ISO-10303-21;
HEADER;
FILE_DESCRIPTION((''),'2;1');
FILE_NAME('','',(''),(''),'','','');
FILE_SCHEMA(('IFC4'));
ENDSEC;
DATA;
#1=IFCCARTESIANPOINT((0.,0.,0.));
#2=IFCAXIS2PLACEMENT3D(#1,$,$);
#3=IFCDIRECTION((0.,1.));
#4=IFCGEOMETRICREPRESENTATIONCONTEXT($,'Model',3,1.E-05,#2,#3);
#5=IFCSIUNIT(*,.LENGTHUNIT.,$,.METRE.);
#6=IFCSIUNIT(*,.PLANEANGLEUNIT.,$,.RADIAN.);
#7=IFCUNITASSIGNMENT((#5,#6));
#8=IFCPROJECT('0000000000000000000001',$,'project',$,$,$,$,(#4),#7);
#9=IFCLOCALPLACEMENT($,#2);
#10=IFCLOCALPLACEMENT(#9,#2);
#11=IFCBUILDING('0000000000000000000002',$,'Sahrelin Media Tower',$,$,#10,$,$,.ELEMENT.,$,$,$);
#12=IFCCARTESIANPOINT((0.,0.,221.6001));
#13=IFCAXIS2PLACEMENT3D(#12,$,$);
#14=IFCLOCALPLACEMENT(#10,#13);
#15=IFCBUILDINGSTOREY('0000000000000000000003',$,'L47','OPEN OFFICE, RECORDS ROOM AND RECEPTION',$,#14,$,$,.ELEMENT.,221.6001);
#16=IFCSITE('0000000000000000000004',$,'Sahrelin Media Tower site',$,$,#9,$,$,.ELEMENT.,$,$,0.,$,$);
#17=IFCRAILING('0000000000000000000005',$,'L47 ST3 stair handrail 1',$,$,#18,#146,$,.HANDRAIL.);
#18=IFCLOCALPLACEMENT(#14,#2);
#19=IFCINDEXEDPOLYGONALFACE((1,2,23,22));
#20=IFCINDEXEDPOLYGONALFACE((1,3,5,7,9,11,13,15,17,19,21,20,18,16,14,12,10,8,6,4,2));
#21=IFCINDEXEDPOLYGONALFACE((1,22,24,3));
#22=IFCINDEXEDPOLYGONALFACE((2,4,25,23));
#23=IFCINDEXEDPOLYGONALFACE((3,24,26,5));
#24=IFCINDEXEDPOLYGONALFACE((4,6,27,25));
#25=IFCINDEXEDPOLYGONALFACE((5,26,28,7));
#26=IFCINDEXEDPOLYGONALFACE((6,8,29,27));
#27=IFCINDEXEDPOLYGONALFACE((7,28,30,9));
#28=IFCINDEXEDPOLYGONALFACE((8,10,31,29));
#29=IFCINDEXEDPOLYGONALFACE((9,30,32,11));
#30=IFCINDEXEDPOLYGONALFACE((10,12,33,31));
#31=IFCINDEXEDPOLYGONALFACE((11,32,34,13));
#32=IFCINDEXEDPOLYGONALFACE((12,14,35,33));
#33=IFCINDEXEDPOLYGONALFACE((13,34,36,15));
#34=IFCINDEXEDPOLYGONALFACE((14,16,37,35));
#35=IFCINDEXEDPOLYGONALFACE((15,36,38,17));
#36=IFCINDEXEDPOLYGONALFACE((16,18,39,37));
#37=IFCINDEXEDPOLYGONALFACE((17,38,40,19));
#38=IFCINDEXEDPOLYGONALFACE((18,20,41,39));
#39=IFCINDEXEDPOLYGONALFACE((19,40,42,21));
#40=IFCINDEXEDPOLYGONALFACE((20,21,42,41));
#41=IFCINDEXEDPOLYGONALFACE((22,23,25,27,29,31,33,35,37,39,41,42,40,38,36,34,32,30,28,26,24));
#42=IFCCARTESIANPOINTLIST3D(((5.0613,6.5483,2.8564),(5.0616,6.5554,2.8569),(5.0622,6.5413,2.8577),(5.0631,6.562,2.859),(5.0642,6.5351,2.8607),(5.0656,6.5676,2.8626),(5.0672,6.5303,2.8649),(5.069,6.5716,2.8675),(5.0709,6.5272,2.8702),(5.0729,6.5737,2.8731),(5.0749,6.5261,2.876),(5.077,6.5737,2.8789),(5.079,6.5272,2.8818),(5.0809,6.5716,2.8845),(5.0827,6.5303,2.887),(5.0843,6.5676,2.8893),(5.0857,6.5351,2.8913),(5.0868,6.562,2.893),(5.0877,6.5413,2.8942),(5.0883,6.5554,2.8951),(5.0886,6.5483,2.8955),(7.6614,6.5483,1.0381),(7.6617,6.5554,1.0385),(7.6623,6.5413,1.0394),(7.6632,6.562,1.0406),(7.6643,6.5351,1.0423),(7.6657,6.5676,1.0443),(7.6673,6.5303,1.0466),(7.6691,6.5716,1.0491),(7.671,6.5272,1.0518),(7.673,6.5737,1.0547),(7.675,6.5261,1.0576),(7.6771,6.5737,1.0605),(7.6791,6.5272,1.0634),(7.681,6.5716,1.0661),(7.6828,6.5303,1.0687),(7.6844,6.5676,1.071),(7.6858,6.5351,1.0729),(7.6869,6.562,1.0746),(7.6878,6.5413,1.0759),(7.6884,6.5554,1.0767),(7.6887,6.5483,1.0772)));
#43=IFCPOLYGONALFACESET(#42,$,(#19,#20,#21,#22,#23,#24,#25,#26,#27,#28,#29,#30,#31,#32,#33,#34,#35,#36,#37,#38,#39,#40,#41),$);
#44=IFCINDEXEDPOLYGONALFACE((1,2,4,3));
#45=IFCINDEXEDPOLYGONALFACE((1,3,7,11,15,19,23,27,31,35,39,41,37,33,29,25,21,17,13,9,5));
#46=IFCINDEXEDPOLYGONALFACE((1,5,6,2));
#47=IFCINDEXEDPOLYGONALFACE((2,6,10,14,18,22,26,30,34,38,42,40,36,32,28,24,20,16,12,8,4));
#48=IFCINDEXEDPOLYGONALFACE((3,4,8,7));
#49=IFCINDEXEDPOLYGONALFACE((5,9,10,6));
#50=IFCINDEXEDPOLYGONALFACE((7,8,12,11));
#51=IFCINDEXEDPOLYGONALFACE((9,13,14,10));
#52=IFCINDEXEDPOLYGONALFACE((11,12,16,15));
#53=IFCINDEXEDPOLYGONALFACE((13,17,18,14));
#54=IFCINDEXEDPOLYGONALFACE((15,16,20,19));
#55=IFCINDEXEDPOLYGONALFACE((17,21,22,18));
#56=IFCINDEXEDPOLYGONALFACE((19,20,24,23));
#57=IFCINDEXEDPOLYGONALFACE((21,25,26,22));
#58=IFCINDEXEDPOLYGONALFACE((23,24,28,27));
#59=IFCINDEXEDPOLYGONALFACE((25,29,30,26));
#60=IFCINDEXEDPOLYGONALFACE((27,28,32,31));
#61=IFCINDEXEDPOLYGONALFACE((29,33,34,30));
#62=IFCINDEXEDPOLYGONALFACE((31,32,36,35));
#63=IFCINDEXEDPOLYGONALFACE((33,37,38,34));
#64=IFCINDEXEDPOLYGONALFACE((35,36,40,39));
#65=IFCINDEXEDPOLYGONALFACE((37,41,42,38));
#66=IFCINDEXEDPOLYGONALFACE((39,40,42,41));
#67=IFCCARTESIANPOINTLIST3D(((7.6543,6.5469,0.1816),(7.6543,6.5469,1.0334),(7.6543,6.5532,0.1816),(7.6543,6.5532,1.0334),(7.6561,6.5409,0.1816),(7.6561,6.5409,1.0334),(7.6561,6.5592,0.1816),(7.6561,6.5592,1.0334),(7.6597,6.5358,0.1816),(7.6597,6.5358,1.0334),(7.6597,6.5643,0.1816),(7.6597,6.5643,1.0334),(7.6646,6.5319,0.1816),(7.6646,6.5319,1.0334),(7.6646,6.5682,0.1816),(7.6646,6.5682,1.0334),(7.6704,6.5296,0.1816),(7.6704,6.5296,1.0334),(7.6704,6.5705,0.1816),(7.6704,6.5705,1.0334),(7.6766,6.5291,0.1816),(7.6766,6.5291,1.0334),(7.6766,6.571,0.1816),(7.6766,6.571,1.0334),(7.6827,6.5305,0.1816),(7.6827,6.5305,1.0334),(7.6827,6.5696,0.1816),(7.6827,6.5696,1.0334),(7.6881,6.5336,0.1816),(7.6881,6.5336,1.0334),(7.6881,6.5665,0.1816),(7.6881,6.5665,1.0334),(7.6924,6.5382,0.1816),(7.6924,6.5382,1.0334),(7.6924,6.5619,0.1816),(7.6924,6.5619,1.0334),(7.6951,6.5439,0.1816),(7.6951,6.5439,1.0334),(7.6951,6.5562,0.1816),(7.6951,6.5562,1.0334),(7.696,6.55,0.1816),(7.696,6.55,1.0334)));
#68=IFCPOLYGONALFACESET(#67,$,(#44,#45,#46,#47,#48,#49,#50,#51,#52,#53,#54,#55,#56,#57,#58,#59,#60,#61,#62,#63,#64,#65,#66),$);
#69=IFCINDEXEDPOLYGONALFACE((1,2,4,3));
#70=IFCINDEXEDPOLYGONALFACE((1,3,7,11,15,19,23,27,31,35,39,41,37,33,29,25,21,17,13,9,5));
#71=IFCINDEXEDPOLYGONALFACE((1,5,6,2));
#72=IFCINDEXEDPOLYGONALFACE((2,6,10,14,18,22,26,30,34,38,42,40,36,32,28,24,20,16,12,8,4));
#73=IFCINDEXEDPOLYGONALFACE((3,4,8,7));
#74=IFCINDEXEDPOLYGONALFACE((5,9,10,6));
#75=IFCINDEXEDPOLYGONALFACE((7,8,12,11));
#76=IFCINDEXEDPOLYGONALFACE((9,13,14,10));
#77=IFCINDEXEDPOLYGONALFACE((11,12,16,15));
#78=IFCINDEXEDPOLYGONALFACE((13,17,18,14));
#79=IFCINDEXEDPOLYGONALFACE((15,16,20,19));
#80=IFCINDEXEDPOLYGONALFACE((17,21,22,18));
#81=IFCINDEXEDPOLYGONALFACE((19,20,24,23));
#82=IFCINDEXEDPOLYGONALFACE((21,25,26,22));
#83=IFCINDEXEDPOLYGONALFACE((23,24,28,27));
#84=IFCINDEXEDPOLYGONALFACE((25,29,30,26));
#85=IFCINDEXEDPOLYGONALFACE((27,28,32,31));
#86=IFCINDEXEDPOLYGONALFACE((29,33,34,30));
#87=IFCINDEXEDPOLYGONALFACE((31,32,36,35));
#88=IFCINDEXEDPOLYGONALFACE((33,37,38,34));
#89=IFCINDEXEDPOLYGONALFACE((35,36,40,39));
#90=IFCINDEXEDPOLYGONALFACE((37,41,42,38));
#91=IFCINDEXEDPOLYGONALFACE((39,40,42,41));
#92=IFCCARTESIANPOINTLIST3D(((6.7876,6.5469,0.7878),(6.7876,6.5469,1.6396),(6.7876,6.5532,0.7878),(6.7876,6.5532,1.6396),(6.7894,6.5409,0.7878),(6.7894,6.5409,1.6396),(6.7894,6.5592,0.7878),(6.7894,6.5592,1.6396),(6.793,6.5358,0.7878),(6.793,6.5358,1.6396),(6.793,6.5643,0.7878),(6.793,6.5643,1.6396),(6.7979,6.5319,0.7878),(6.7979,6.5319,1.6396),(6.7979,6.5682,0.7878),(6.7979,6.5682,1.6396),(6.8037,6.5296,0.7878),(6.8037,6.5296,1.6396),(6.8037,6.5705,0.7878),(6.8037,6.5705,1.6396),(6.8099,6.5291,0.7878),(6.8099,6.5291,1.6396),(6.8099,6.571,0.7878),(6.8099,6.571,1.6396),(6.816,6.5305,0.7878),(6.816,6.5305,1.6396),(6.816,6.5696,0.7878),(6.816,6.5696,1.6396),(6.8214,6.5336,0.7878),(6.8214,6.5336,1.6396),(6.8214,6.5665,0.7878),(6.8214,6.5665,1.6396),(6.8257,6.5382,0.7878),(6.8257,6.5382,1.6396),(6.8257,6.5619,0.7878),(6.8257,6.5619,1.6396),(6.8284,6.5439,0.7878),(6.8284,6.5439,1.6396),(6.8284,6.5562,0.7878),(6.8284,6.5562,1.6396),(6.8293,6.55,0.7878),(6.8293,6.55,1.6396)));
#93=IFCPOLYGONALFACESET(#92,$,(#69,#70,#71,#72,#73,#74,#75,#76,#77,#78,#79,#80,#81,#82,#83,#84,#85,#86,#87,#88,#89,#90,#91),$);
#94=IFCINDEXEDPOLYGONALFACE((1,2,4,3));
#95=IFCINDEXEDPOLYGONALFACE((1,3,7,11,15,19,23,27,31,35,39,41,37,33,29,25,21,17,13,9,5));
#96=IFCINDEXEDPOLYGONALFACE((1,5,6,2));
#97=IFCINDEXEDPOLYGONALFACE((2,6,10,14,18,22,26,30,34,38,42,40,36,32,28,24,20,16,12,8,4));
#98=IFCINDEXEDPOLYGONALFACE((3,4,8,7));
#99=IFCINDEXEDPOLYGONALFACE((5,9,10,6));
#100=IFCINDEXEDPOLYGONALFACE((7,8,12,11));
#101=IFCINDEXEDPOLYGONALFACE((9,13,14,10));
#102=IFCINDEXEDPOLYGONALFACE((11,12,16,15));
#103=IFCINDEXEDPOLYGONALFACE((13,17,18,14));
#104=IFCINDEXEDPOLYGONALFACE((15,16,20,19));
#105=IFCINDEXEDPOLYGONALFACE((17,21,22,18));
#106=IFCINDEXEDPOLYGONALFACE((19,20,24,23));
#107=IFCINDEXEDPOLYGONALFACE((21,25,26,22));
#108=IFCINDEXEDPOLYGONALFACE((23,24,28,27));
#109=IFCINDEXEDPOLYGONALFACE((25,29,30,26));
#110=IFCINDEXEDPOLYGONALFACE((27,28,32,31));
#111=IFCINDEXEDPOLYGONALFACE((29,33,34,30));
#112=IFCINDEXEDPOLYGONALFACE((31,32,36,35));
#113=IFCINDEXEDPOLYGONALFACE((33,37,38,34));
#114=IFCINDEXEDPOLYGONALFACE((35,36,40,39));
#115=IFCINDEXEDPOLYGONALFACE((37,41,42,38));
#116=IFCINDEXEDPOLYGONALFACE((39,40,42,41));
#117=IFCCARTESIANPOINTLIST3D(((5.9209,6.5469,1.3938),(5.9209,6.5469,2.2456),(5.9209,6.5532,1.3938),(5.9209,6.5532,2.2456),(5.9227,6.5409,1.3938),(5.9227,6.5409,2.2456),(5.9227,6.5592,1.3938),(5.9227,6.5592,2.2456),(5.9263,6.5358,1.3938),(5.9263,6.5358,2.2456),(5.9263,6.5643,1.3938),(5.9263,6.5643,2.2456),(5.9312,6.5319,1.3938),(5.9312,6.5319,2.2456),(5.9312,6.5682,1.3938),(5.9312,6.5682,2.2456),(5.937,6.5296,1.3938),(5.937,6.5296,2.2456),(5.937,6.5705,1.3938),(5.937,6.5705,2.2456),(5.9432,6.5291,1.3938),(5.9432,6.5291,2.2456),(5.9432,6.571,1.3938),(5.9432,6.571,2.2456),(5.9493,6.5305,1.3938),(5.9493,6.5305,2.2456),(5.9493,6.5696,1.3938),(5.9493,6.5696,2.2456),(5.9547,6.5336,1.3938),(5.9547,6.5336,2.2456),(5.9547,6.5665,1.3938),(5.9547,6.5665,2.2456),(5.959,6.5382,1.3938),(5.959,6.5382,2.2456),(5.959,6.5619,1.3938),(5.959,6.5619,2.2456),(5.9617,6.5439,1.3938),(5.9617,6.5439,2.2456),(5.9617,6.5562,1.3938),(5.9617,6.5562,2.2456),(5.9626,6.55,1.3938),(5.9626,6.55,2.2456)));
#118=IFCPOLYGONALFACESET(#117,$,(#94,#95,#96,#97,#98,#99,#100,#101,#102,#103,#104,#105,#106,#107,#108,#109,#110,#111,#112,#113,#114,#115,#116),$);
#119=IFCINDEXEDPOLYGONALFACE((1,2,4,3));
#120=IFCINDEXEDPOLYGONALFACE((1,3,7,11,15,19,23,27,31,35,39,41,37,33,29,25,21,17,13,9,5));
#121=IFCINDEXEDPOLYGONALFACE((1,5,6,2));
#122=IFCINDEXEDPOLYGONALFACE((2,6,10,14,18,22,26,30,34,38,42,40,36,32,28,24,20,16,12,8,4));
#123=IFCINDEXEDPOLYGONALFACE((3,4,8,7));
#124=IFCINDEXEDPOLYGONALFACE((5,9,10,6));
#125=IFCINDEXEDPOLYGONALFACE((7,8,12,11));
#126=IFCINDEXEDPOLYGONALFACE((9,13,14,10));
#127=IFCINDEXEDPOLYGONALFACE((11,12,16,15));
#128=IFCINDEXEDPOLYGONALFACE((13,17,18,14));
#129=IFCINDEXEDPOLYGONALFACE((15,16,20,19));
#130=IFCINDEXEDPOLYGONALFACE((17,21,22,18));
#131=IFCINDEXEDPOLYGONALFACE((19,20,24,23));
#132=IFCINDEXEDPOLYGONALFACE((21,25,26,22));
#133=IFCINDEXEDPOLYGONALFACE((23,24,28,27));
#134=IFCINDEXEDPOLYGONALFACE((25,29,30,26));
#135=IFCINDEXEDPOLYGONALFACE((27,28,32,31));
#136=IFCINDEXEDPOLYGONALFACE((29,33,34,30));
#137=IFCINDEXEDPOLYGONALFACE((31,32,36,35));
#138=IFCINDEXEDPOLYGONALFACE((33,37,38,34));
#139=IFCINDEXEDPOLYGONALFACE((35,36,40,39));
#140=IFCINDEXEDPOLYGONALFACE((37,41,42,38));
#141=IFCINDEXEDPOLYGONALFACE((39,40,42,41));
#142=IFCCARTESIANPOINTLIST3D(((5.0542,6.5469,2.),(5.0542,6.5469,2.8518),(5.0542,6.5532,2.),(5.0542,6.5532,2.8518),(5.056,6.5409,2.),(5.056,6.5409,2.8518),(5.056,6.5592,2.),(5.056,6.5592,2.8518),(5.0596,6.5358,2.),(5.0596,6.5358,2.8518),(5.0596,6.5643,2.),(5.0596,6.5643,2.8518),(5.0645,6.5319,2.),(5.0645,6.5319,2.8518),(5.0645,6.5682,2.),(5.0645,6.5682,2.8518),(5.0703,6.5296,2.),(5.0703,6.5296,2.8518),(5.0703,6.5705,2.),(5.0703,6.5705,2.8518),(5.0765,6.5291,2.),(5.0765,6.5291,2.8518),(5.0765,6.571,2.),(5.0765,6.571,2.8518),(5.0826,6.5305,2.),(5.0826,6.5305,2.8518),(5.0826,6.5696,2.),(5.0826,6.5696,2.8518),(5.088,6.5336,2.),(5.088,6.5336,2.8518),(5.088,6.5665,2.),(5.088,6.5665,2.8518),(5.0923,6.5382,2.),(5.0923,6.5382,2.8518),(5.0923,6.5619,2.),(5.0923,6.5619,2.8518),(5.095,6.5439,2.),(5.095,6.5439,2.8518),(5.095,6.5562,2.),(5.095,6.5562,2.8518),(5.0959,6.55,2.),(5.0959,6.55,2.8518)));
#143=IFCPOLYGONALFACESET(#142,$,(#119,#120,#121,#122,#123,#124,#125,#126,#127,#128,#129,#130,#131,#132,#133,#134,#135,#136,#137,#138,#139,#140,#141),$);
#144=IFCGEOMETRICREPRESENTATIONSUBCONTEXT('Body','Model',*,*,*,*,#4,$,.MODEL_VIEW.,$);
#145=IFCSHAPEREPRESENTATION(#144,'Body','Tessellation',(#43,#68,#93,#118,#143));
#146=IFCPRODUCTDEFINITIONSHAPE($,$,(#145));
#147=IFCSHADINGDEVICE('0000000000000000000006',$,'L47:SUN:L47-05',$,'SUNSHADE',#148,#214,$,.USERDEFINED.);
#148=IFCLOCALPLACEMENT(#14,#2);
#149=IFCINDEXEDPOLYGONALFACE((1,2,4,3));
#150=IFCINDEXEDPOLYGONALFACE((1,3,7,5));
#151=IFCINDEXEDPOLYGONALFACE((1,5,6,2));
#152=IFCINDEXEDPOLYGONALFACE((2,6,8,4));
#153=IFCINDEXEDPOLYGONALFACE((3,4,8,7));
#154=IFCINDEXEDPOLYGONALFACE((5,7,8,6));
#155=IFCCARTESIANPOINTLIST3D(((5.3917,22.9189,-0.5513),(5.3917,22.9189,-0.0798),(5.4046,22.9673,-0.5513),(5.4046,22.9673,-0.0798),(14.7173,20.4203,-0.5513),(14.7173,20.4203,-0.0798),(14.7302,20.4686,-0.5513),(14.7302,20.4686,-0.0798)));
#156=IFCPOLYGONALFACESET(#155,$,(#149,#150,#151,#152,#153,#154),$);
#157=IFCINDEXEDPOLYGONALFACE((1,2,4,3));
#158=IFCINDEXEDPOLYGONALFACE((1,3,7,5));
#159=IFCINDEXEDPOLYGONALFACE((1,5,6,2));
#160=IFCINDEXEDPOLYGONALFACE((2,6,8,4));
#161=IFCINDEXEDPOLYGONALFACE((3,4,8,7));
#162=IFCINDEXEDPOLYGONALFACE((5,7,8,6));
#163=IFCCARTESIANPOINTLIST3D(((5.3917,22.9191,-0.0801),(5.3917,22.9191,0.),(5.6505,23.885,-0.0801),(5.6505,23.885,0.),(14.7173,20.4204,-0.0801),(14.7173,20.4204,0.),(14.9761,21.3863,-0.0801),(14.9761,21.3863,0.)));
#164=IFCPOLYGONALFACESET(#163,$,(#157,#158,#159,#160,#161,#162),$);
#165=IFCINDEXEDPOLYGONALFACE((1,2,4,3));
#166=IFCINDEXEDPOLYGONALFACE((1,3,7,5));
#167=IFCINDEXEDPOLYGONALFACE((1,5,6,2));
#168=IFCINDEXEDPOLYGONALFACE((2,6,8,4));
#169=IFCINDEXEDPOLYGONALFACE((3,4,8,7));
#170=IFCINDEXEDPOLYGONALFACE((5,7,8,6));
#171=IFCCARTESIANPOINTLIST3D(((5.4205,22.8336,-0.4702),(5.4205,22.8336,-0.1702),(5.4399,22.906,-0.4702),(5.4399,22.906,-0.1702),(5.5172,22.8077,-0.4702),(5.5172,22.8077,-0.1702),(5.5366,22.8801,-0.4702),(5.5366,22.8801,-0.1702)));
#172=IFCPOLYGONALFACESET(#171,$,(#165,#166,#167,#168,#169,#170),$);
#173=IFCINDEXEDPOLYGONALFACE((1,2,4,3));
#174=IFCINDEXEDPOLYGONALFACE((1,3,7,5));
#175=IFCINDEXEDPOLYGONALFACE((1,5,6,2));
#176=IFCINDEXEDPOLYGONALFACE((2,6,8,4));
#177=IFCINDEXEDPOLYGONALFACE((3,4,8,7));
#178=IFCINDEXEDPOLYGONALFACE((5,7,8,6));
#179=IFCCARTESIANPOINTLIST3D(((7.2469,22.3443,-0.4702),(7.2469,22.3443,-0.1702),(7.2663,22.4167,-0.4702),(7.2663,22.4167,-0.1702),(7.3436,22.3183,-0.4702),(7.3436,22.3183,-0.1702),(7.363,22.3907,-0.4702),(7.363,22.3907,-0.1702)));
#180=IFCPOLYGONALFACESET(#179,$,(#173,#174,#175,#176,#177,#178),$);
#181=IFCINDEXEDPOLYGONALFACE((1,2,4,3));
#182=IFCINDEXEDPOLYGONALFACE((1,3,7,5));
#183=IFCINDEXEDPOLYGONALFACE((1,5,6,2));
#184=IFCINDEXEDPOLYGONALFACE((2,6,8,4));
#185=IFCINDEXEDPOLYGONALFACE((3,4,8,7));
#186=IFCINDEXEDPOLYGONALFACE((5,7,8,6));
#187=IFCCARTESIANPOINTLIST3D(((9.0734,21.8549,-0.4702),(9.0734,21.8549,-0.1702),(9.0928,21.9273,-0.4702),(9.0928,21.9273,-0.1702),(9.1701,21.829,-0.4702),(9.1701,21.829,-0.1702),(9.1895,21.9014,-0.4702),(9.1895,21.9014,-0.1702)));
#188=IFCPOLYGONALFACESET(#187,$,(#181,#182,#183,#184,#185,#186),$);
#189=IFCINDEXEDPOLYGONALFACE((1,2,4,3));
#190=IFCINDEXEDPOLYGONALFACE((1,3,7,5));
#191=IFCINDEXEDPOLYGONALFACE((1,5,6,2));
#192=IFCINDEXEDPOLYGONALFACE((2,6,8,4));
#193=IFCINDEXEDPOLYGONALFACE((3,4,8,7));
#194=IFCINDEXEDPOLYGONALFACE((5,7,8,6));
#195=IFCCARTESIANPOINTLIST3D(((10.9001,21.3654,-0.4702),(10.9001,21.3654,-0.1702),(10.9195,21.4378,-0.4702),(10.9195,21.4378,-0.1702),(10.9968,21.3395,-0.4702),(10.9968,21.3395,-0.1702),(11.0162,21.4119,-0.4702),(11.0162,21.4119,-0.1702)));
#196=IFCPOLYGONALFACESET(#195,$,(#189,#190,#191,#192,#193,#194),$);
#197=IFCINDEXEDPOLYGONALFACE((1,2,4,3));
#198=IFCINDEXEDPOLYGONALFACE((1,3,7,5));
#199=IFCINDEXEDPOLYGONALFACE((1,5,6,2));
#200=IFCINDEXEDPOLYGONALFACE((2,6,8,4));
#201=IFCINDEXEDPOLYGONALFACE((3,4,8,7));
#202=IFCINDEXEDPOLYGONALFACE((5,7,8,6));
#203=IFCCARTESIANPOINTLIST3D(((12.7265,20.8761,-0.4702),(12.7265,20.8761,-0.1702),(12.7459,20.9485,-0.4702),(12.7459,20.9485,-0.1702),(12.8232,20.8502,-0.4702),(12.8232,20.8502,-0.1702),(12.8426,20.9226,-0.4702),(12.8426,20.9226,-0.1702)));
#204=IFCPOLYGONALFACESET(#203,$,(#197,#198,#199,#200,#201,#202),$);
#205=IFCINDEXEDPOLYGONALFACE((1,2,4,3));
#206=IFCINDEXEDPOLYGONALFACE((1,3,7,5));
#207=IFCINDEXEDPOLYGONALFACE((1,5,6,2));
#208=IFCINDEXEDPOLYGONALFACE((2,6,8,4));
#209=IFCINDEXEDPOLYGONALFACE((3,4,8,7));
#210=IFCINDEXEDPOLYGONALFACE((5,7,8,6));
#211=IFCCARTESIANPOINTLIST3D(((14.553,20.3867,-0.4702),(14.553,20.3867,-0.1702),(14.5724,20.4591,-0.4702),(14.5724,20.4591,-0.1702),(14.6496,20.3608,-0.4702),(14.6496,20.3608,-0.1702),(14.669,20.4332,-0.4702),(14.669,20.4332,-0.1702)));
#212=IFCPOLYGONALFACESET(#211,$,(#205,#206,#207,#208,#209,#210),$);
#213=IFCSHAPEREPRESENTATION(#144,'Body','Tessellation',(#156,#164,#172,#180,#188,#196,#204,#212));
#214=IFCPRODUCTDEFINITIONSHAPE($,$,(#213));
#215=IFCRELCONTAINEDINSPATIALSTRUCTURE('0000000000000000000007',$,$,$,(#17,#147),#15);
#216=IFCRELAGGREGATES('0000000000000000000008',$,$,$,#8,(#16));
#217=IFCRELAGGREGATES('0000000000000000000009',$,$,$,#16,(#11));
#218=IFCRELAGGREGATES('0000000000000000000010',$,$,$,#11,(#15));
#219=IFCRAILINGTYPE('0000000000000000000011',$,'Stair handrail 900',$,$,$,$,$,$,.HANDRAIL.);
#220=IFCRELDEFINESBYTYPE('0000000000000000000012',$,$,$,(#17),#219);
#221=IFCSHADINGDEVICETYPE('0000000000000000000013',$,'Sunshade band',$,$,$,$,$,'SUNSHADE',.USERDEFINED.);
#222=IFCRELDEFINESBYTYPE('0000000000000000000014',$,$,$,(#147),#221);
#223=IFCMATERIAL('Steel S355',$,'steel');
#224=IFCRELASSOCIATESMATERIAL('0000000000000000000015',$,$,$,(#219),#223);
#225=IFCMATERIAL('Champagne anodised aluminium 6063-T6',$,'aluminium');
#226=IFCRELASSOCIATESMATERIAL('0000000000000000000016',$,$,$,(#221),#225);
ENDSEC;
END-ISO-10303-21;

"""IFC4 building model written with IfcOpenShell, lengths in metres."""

from ifc_helpers import new_model, si_unit, direction, frame, origin, origin_2d, place, context, subcontext, project, spatial, rectangle, circle, extrude, material, type_object, element, save


model = new_model("IFC4")

# Units and contexts
model_context = context("Model", 3, precision=1e-05, world=origin(), true_north=direction((0.0, 1.0)))
body_context = subcontext(model_context, "Body", "Model", "MODEL_VIEW")
ifc_project = project(units=[si_unit("LENGTHUNIT", "METRE"), si_unit("PLANEANGLEUNIT", "RADIAN")], contexts=[model_context])

# Site, building, storey
site_placement = place(None, origin())
site = spatial("IfcSite", under=ifc_project, at=site_placement, Name="Sahrelin Media Tower site", CompositionType="ELEMENT", RefElevation=0.0)
building_placement = place(site_placement, origin())
building = spatial("IfcBuilding", under=site, at=building_placement, Name="Sahrelin Media Tower", CompositionType="ELEMENT")
storey_placement = place(building_placement, frame((0.0, 0.0, 221.6001)))
storey = spatial("IfcBuildingStorey", under=building, at=storey_placement, Name="L47", Description="OPEN OFFICE, RECORDS ROOM AND RECEPTION", CompositionType="ELEMENT", Elevation=221.6001)

# Shared definitions
ifc_material_1 = material(Name="Steel S355", Category="steel")

# Shared definitions
ifc_material_2 = material(Name="Champagne anodised aluminium 6063-T6", Category="aluminium")

# Shared definitions
placement = place(storey_placement, frame((10.0493, 21.6504, 0.0), z_axis=(0.0, 0.0, 1.0), x_axis=(0.965929, -0.258808, 0.0)))

# Railing
railing_type_1 = type_object("IfcRailingType", Name="Stair handrail 900", PredefinedType="HANDRAIL", material=ifc_material_1)
railing_1_placement = place(storey_placement, frame((7.675, 6.55, 0.1816)))
element("IfcRailing", 1, at=railing_1_placement, inside=storey, type_object=railing_type_1, Name="L47 ST3 stair handrail 1", PredefinedType="HANDRAIL", context=body_context, shape_type="SweptSolid", body=[
    extrude(circle(Radius=0.0239, at=origin_2d()), frame((0.0, 0.0, 0.876), z_axis=(-0.819485, 0.0, 0.573101), x_axis=(0.0, -1.0, 0.0)), (0.0, 0.0, 1.0), 3.1729),
    extrude(circle(Radius=0.021, at=origin_2d()), origin(), (0.0, 0.0, 1.0), 0.8518),
    extrude(circle(Radius=0.021, at=origin_2d()), frame((-0.8667, 0.0, 0.6062)), (0.0, 0.0, 1.0), 0.8518),
    extrude(circle(Radius=0.021, at=origin_2d()), frame((-1.7334, 0.0, 1.2122)), (0.0, 0.0, 1.0), 0.8518),
    extrude(circle(Radius=0.021, at=origin_2d()), frame((-2.6001, 0.0, 1.8184)), (0.0, 0.0, 1.0), 0.8518),
])

# Shading device
shading_device_type_1 = type_object("IfcShadingDeviceType", Name="Sunshade band", ElementType="SUNSHADE", PredefinedType="USERDEFINED", material=ifc_material_2)
element("IfcShadingDevice", 2, at=placement, inside=storey, type_object=shading_device_type_1, Name="L47:SUN:L47-05", ObjectType="SUNSHADE", PredefinedType="USERDEFINED", context=body_context, shape_type="SweptSolid", body=[
    extrude(rectangle(XDim=9.6545, YDim=0.05, at=origin_2d()), frame((0.0, 0.0449, -0.5513)), (0.0, 0.0, 1.0), 0.4714),
    extrude(rectangle(XDim=9.6545, YDim=1.0, at=origin_2d()), frame((0.0, 0.52, -0.0801)), (0.0, 0.0, 1.0), 0.0801),
    extrude(rectangle(XDim=0.1001, YDim=0.075, at=origin_2d()), frame((-4.7273, -0.0176, -0.4702)), (0.0, 0.0, 1.0), 0.3),
    extrude(rectangle(XDim=0.1001, YDim=0.075, at=origin_2d()), frame((-2.8364, -0.0176, -0.4702)), (0.0, 0.0, 1.0), 0.3),
    extrude(rectangle(XDim=0.1001, YDim=0.075, at=origin_2d()), frame((-0.9456, -0.0176, -0.4702)), (0.0, 0.0, 1.0), 0.3),
    extrude(rectangle(XDim=0.1001, YDim=0.075, at=origin_2d()), frame((0.9456, -0.0176, -0.4702)), (0.0, 0.0, 1.0), 0.3),
    extrude(rectangle(XDim=0.1001, YDim=0.075, at=origin_2d()), frame((2.8364, -0.0176, -0.4702)), (0.0, 0.0, 1.0), 0.3),
    extrude(rectangle(XDim=0.1001, YDim=0.075, at=origin_2d()), frame((4.7273, -0.0176, -0.4702)), (0.0, 0.0, 1.0), 0.3),
])

save(model, "model.ifc")
